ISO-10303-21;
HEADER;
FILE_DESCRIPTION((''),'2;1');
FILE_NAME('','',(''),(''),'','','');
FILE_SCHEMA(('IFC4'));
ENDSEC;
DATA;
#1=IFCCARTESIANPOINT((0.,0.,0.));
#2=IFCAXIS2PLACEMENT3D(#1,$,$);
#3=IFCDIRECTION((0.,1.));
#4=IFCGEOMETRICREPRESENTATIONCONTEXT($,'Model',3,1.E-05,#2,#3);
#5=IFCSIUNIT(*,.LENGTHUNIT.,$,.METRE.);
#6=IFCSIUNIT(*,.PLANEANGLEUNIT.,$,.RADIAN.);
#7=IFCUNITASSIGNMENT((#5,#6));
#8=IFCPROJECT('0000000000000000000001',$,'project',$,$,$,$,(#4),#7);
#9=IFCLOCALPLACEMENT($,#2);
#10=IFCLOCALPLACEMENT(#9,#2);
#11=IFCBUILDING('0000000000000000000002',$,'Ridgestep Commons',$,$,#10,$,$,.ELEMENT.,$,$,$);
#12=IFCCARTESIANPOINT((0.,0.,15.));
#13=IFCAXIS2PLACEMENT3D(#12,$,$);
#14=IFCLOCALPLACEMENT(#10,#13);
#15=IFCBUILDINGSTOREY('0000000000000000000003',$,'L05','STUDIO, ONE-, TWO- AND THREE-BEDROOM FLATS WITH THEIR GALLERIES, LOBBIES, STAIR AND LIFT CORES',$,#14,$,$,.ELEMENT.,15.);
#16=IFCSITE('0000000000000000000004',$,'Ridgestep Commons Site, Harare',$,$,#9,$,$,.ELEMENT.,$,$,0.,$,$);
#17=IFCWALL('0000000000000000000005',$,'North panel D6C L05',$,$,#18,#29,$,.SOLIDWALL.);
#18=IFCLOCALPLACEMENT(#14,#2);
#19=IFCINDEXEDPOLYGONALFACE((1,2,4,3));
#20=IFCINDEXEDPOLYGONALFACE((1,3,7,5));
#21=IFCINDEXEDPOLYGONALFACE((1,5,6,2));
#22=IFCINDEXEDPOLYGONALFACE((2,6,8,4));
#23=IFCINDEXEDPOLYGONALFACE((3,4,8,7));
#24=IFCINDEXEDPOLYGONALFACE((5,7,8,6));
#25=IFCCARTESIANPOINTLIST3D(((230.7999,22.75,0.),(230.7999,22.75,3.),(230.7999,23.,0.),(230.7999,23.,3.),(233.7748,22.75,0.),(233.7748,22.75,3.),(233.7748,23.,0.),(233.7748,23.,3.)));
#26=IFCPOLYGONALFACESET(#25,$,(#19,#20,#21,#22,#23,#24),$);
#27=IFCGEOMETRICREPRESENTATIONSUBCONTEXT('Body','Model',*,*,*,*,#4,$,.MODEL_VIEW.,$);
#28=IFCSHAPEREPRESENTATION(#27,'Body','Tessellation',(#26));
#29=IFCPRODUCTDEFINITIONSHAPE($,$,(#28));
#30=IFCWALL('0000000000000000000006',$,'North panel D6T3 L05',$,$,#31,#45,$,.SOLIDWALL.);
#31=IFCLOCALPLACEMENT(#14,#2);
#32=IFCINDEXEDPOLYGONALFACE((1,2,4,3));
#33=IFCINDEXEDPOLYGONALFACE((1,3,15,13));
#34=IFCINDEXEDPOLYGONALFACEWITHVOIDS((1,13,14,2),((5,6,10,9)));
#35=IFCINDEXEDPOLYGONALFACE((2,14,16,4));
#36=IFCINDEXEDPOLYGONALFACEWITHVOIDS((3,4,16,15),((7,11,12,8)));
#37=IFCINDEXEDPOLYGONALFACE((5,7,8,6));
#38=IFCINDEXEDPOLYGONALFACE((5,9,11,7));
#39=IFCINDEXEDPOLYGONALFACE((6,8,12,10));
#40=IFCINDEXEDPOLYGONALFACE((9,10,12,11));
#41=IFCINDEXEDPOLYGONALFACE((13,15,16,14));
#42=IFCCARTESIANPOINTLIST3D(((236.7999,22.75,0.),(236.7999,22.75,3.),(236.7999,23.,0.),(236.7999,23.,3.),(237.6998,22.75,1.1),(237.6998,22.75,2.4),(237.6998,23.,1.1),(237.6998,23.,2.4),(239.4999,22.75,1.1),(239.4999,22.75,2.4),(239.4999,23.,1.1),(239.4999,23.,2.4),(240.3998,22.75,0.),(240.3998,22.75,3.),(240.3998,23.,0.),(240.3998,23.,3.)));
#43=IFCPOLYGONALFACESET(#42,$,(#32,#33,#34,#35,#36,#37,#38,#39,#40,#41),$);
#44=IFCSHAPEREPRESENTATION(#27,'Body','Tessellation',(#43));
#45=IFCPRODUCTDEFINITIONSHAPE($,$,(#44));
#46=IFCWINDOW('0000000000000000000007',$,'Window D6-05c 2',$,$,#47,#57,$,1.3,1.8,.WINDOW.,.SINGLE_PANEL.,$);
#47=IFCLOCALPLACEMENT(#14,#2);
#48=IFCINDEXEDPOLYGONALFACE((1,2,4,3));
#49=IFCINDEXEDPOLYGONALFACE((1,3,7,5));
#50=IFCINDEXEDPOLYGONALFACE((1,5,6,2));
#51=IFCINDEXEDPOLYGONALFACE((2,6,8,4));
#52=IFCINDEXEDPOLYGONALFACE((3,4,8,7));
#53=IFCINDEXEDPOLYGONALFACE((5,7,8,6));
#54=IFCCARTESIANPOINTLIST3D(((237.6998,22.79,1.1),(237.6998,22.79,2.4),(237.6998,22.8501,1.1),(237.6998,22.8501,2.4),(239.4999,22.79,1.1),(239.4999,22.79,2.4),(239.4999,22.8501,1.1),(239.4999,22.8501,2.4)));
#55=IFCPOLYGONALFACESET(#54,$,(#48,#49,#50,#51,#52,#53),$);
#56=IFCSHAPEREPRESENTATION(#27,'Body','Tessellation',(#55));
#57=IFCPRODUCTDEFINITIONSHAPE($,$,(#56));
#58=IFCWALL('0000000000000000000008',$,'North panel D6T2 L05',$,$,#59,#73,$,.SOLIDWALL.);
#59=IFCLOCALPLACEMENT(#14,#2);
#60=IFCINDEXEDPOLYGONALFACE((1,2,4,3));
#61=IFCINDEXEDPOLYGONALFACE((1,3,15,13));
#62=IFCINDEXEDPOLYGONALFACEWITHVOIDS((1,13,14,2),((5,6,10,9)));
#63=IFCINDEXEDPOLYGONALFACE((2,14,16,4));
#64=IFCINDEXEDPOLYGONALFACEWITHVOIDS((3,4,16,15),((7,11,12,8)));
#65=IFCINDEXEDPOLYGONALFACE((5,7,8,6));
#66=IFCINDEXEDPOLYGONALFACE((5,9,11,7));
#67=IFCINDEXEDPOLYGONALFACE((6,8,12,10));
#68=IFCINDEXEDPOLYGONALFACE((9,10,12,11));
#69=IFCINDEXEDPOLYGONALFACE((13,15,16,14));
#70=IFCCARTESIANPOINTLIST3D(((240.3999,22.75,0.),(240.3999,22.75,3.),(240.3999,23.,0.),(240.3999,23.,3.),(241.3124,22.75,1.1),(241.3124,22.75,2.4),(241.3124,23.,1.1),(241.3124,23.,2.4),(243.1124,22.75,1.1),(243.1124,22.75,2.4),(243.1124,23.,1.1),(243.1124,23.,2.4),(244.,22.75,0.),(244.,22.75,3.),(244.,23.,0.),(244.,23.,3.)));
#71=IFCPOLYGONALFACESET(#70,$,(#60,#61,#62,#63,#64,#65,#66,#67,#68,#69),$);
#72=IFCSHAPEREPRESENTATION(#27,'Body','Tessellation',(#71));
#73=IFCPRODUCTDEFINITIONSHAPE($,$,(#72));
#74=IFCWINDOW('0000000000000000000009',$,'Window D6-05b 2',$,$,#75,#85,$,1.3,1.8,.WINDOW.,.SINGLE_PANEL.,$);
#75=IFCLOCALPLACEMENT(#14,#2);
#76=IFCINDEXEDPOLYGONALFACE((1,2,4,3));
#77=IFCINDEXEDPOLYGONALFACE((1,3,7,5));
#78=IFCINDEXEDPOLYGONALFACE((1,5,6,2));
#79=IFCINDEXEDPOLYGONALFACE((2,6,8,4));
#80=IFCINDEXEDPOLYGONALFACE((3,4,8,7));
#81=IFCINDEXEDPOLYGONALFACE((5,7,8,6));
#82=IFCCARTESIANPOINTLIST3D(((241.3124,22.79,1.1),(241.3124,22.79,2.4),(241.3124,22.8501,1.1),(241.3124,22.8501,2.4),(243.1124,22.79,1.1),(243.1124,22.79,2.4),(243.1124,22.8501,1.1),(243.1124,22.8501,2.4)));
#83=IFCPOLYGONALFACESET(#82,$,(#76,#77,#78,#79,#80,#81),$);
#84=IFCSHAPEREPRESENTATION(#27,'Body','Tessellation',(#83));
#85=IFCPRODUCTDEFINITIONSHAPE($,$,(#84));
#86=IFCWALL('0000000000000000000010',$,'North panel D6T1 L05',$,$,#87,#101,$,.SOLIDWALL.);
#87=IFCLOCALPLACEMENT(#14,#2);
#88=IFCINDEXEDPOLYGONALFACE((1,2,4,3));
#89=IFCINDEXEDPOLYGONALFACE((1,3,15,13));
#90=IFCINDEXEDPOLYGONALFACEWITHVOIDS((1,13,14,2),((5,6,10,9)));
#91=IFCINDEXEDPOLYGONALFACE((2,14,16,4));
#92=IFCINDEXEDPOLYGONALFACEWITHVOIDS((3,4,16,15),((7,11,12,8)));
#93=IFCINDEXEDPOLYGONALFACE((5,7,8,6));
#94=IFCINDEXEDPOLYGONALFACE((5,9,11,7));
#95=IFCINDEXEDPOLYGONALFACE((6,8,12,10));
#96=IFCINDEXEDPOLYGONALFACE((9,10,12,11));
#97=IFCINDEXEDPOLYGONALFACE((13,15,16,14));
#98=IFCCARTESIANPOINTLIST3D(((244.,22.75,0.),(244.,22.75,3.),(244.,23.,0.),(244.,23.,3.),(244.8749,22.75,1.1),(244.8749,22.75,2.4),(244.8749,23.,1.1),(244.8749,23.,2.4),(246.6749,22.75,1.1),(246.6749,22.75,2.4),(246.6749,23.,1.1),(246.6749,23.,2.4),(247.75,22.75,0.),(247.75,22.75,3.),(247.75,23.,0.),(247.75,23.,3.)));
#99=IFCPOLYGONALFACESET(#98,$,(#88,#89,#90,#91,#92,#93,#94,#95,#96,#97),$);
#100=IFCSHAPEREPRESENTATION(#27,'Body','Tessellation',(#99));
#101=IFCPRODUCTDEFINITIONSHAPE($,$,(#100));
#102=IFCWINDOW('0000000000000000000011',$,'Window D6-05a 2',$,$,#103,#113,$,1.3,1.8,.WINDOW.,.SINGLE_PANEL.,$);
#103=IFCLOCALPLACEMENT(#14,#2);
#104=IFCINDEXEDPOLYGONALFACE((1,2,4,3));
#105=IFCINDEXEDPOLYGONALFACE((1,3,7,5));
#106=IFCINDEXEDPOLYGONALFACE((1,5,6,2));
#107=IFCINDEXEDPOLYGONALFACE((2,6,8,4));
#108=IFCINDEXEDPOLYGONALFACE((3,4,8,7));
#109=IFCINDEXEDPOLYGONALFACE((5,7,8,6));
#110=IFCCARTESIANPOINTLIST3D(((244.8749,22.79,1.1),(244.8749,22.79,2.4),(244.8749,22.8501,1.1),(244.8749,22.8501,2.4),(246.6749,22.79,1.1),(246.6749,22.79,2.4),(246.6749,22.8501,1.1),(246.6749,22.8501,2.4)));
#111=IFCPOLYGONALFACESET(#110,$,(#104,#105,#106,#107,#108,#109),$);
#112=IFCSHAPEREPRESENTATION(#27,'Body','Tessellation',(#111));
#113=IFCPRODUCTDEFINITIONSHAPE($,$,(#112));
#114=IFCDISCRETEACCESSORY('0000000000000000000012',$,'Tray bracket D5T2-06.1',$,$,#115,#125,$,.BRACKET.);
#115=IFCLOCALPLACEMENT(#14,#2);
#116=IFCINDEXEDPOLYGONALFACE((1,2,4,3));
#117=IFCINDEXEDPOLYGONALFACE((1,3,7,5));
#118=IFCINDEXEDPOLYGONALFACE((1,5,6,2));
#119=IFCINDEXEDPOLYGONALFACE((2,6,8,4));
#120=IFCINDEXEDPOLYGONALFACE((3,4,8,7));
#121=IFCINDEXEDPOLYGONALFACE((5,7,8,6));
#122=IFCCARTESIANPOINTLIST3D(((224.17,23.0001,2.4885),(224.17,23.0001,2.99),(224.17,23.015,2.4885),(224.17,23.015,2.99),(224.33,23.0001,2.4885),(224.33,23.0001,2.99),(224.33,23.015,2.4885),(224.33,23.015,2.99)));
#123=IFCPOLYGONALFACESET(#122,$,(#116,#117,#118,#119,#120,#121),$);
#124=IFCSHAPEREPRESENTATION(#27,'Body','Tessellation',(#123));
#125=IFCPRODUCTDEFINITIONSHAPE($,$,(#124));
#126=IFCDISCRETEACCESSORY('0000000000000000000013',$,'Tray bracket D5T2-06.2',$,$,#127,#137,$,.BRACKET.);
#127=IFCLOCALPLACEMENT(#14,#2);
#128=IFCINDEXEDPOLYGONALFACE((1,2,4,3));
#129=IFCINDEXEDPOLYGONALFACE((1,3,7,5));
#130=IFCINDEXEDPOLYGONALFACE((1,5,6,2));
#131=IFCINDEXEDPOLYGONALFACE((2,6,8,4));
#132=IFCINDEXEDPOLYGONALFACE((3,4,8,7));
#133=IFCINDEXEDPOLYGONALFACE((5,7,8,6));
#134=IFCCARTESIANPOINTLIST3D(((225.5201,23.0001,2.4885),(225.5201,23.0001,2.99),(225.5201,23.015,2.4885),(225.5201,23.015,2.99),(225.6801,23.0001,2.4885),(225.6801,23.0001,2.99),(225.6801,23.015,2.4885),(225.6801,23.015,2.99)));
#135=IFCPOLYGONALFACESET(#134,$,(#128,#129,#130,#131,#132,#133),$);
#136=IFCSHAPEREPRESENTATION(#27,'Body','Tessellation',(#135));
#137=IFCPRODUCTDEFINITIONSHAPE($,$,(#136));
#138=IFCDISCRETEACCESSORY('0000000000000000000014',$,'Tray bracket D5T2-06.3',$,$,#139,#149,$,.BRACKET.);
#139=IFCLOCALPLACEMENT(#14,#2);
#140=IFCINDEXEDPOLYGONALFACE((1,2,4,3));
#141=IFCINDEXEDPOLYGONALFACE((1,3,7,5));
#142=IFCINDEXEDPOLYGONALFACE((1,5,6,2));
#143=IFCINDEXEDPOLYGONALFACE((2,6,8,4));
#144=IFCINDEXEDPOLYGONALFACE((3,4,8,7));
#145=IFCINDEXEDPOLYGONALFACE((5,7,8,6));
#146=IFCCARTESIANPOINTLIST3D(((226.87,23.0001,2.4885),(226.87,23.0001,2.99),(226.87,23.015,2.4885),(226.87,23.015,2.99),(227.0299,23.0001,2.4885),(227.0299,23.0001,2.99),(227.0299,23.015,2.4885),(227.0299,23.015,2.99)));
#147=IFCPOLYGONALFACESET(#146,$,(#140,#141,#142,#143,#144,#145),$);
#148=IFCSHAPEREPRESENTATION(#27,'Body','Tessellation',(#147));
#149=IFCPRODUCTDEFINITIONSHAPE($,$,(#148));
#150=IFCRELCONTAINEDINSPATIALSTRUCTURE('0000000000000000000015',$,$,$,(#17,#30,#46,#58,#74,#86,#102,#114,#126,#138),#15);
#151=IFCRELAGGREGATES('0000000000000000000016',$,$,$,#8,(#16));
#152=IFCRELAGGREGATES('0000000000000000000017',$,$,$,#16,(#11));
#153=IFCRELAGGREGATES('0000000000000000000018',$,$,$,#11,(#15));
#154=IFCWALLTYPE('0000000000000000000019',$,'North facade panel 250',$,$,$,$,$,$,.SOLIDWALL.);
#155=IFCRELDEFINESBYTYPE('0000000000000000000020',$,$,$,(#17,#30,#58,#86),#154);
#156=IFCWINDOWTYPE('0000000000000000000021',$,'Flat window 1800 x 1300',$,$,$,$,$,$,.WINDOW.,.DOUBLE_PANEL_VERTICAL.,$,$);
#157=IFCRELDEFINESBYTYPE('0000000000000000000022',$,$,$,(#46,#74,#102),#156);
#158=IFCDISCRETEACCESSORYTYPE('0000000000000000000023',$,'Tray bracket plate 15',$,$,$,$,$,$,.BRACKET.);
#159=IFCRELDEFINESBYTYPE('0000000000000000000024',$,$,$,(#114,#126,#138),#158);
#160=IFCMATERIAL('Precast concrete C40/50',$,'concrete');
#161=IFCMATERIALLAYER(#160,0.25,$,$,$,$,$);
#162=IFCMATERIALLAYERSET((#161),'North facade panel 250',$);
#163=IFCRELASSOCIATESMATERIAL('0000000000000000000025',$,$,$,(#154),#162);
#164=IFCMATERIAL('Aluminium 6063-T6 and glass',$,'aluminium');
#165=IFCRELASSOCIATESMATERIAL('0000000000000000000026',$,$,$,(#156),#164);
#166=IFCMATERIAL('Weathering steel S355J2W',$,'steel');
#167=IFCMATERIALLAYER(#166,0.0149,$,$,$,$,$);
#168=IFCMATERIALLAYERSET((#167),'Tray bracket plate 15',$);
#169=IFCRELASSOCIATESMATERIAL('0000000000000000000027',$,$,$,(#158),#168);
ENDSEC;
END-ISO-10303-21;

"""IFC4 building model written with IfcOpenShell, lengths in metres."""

from ifc_helpers import new_model, si_unit, direction, frame, frame_2d, origin, origin_2d, place, context, subcontext, project, spatial, rectangle, extrude, material, layer, layer_set, type_object, element, fill, save


model = new_model("IFC4")

# Units and contexts
model_context = context("Model", 3, precision=1e-05, world=origin(), true_north=direction((0.0, 1.0)))
body_context = subcontext(model_context, "Body", "Model", "MODEL_VIEW")
ifc_project = project(units=[si_unit("LENGTHUNIT", "METRE"), si_unit("PLANEANGLEUNIT", "RADIAN")], contexts=[model_context])

# Site, building, storey
site_placement = place(None, origin())
site = spatial("IfcSite", under=ifc_project, at=site_placement, Name="Ridgestep Commons Site, Harare", CompositionType="ELEMENT", RefElevation=0.0)
building_placement = place(site_placement, origin())
building = spatial("IfcBuilding", under=site, at=building_placement, Name="Ridgestep Commons", CompositionType="ELEMENT")
storey_placement = place(building_placement, frame((0.0, 0.0, 15.0)))
storey = spatial("IfcBuildingStorey", under=building, at=storey_placement, Name="L05", Description="STUDIO, ONE-, TWO- AND THREE-BEDROOM FLATS WITH THEIR GALLERIES, LOBBIES, STAIR AND LIFT CORES", CompositionType="ELEMENT", Elevation=15.0)

# Shared definitions
ifc_material_1 = material(Name="Precast concrete C40/50", Category="concrete")
ifc_layer_1 = layer(ifc_material_1, 0.25)
ifc_layer_set_1 = layer_set([ifc_layer_1], Name="North facade panel 250")
wall_type = type_object("IfcWallType", Name="North facade panel 250", PredefinedType="SOLIDWALL", material=ifc_layer_set_1)
ifc_material_2 = material(Name="Aluminium 6063-T6 and glass", Category="aluminium")
window_type = type_object("IfcWindowType", Name="Flat window 1800 x 1300", PartitioningType="DOUBLE_PANEL_VERTICAL", PredefinedType="WINDOW", material=ifc_material_2)

# Wall
wall_1_placement = place(storey_placement, frame((230.8, 22.875, 0.0), z_axis=(0.0, 0.0, 1.0), x_axis=(1.0, 0.0, 0.0)))
element("IfcWall", 1, at=wall_1_placement, inside=storey, type_object=wall_type, Name="North panel D6C L05", PredefinedType="SOLIDWALL", context=body_context, shape_type="SweptSolid", body=[
    extrude(rectangle(XDim=2.9749, YDim=0.25, at=frame_2d((1.4873, 0.0))), origin(), (0.0, 0.0, 1.0), 3.0),
])

# Walls, openings, windows
wall_2_placement = place(storey_placement, frame((236.8, 22.875, 0.0), z_axis=(0.0, 0.0, 1.0), x_axis=(1.0, 0.0, 0.0)))
wall_2 = element("IfcWall", 2, at=wall_2_placement, inside=storey, type_object=wall_type, Name="North panel D6T3 L05", PredefinedType="SOLIDWALL", context=body_context, shape_type="SweptSolid", body=[
    extrude(rectangle(XDim=3.5999, YDim=0.25, at=frame_2d((1.7998, 0.0))), origin(), (0.0, 0.0, 1.0), 3.0),
])
opening_1_placement = place(wall_2_placement, frame((0.8999, 0.0, 1.1001)))
opening_1 = element("IfcOpeningElement", 3, at=opening_1_placement, cuts=wall_2, PredefinedType="OPENING", context=body_context, shape_type="SweptSolid", body=[
    extrude(rectangle(XDim=1.8, YDim=1.3, at=frame_2d((0.8999, 0.6499))), frame((0.0, 0.135, 0.0), z_axis=(0.0, -1.0, 0.0), x_axis=(1.0, 0.0, 0.0)), (0.0, 0.0, 1.0), 0.27),
])
window_1_placement = place(opening_1_placement, origin())
window_1 = element("IfcWindow", 4, at=window_1_placement, inside=storey, type_object=window_type, Name="Window D6-05c 2", OverallHeight=1.3, OverallWidth=1.8, PartitioningType="SINGLE_PANEL", PredefinedType="WINDOW", context=body_context, shape_type="SweptSolid", body=[
    extrude(rectangle(XDim=1.8, YDim=1.3, at=frame_2d((0.8999, 0.6499))), frame((0.0, -0.0249, 0.0), z_axis=(0.0, -1.0, 0.0), x_axis=(1.0, 0.0, 0.0)), (0.0, 0.0, 1.0), 0.0601),
])
fill(opening_1, window_1)
wall_3_placement = place(storey_placement, frame((240.3999, 22.875, 0.0), z_axis=(0.0, 0.0, 1.0), x_axis=(1.0, 0.0, 0.0)))
wall_3 = element("IfcWall", 5, at=wall_3_placement, inside=storey, type_object=wall_type, Name="North panel D6T2 L05", PredefinedType="SOLIDWALL", context=body_context, shape_type="SweptSolid", body=[
    extrude(rectangle(XDim=3.6001, YDim=0.25, at=frame_2d((1.8, 0.0))), origin(), (0.0, 0.0, 1.0), 3.0),
])
opening_2_placement = place(wall_3_placement, frame((0.9126, 0.0, 1.1001)))
opening_2 = element("IfcOpeningElement", 6, at=opening_2_placement, cuts=wall_3, PredefinedType="OPENING", context=body_context, shape_type="SweptSolid", body=[
    extrude(rectangle(XDim=1.8, YDim=1.3, at=frame_2d((0.8999, 0.6499))), frame((0.0, 0.135, 0.0), z_axis=(0.0, -1.0, 0.0), x_axis=(1.0, 0.0, 0.0)), (0.0, 0.0, 1.0), 0.27),
])
window_2_placement = place(opening_2_placement, origin())
window_2 = element("IfcWindow", 7, at=window_2_placement, inside=storey, type_object=window_type, Name="Window D6-05b 2", OverallHeight=1.3, OverallWidth=1.8, PartitioningType="SINGLE_PANEL", PredefinedType="WINDOW", context=body_context, shape_type="SweptSolid", body=[
    extrude(rectangle(XDim=1.8, YDim=1.3, at=frame_2d((0.8999, 0.6499))), frame((0.0, -0.0249, 0.0), z_axis=(0.0, -1.0, 0.0), x_axis=(1.0, 0.0, 0.0)), (0.0, 0.0, 1.0), 0.0601),
])
fill(opening_2, window_2)
wall_4_placement = place(storey_placement, frame((244.0, 22.875, 0.0), z_axis=(0.0, 0.0, 1.0), x_axis=(1.0, 0.0, 0.0)))
wall_4 = element("IfcWall", 8, at=wall_4_placement, inside=storey, type_object=wall_type, Name="North panel D6T1 L05", PredefinedType="SOLIDWALL", context=body_context, shape_type="SweptSolid", body=[
    extrude(rectangle(XDim=3.75, YDim=0.25, at=frame_2d((1.875, 0.0))), origin(), (0.0, 0.0, 1.0), 3.0),
])
opening_3_placement = place(wall_4_placement, frame((0.875, 0.0, 1.1001)))
opening_3 = element("IfcOpeningElement", 9, at=opening_3_placement, cuts=wall_4, PredefinedType="OPENING", context=body_context, shape_type="SweptSolid", body=[
    extrude(rectangle(XDim=1.8, YDim=1.3, at=frame_2d((0.8999, 0.6499))), frame((0.0, 0.135, 0.0), z_axis=(0.0, -1.0, 0.0), x_axis=(1.0, 0.0, 0.0)), (0.0, 0.0, 1.0), 0.27),
])
window_3_placement = place(opening_3_placement, origin())
window_3 = element("IfcWindow", 10, at=window_3_placement, inside=storey, type_object=window_type, Name="Window D6-05a 2", OverallHeight=1.3, OverallWidth=1.8, PartitioningType="SINGLE_PANEL", PredefinedType="WINDOW", context=body_context, shape_type="SweptSolid", body=[
    extrude(rectangle(XDim=1.8, YDim=1.3, at=frame_2d((0.8999, 0.6499))), frame((0.0, -0.0249, 0.0), z_axis=(0.0, -1.0, 0.0), x_axis=(1.0, 0.0, 0.0)), (0.0, 0.0, 1.0), 0.0601),
])
fill(opening_3, window_3)

# Discrete accessories
ifc_material_3 = material(Name="Weathering steel S355J2W", Category="steel")
ifc_layer_2 = layer(ifc_material_3, 0.0149)
ifc_layer_set_2 = layer_set([ifc_layer_2], Name="Tray bracket plate 15")
discrete_accessory_type = type_object("IfcDiscreteAccessoryType", Name="Tray bracket plate 15", PredefinedType="BRACKET", material=ifc_layer_set_2)
for number, where, z_axis, x_axis, name in (
    (11, (224.25, 23.0076, 2.4885), (0.0, 0.0, 1.0), (1.0, 0.0, 0.0), "Tray bracket D5T2-06.1"),
    (12, (225.6001, 23.0076, 2.4885), (0.0, 0.0, 1.0), (1.0, 0.0, 0.0), "Tray bracket D5T2-06.2"),
    (13, (226.95, 23.0076, 2.4885), (0.0, 0.0, 1.0), (1.0, 0.0, 0.0), "Tray bracket D5T2-06.3"),
):
    element("IfcDiscreteAccessory", number, at=place(storey_placement, frame(where, z_axis=z_axis, x_axis=x_axis)), inside=storey, type_object=discrete_accessory_type, Name=name, PredefinedType="BRACKET", context=body_context, shape_type="SweptSolid", body=[
        extrude(rectangle(XDim=0.1599, YDim=0.0149, at=origin_2d()), origin(), (0.0, 0.0, 1.0), 0.5015),
    ])

save(model, "model.ifc")
